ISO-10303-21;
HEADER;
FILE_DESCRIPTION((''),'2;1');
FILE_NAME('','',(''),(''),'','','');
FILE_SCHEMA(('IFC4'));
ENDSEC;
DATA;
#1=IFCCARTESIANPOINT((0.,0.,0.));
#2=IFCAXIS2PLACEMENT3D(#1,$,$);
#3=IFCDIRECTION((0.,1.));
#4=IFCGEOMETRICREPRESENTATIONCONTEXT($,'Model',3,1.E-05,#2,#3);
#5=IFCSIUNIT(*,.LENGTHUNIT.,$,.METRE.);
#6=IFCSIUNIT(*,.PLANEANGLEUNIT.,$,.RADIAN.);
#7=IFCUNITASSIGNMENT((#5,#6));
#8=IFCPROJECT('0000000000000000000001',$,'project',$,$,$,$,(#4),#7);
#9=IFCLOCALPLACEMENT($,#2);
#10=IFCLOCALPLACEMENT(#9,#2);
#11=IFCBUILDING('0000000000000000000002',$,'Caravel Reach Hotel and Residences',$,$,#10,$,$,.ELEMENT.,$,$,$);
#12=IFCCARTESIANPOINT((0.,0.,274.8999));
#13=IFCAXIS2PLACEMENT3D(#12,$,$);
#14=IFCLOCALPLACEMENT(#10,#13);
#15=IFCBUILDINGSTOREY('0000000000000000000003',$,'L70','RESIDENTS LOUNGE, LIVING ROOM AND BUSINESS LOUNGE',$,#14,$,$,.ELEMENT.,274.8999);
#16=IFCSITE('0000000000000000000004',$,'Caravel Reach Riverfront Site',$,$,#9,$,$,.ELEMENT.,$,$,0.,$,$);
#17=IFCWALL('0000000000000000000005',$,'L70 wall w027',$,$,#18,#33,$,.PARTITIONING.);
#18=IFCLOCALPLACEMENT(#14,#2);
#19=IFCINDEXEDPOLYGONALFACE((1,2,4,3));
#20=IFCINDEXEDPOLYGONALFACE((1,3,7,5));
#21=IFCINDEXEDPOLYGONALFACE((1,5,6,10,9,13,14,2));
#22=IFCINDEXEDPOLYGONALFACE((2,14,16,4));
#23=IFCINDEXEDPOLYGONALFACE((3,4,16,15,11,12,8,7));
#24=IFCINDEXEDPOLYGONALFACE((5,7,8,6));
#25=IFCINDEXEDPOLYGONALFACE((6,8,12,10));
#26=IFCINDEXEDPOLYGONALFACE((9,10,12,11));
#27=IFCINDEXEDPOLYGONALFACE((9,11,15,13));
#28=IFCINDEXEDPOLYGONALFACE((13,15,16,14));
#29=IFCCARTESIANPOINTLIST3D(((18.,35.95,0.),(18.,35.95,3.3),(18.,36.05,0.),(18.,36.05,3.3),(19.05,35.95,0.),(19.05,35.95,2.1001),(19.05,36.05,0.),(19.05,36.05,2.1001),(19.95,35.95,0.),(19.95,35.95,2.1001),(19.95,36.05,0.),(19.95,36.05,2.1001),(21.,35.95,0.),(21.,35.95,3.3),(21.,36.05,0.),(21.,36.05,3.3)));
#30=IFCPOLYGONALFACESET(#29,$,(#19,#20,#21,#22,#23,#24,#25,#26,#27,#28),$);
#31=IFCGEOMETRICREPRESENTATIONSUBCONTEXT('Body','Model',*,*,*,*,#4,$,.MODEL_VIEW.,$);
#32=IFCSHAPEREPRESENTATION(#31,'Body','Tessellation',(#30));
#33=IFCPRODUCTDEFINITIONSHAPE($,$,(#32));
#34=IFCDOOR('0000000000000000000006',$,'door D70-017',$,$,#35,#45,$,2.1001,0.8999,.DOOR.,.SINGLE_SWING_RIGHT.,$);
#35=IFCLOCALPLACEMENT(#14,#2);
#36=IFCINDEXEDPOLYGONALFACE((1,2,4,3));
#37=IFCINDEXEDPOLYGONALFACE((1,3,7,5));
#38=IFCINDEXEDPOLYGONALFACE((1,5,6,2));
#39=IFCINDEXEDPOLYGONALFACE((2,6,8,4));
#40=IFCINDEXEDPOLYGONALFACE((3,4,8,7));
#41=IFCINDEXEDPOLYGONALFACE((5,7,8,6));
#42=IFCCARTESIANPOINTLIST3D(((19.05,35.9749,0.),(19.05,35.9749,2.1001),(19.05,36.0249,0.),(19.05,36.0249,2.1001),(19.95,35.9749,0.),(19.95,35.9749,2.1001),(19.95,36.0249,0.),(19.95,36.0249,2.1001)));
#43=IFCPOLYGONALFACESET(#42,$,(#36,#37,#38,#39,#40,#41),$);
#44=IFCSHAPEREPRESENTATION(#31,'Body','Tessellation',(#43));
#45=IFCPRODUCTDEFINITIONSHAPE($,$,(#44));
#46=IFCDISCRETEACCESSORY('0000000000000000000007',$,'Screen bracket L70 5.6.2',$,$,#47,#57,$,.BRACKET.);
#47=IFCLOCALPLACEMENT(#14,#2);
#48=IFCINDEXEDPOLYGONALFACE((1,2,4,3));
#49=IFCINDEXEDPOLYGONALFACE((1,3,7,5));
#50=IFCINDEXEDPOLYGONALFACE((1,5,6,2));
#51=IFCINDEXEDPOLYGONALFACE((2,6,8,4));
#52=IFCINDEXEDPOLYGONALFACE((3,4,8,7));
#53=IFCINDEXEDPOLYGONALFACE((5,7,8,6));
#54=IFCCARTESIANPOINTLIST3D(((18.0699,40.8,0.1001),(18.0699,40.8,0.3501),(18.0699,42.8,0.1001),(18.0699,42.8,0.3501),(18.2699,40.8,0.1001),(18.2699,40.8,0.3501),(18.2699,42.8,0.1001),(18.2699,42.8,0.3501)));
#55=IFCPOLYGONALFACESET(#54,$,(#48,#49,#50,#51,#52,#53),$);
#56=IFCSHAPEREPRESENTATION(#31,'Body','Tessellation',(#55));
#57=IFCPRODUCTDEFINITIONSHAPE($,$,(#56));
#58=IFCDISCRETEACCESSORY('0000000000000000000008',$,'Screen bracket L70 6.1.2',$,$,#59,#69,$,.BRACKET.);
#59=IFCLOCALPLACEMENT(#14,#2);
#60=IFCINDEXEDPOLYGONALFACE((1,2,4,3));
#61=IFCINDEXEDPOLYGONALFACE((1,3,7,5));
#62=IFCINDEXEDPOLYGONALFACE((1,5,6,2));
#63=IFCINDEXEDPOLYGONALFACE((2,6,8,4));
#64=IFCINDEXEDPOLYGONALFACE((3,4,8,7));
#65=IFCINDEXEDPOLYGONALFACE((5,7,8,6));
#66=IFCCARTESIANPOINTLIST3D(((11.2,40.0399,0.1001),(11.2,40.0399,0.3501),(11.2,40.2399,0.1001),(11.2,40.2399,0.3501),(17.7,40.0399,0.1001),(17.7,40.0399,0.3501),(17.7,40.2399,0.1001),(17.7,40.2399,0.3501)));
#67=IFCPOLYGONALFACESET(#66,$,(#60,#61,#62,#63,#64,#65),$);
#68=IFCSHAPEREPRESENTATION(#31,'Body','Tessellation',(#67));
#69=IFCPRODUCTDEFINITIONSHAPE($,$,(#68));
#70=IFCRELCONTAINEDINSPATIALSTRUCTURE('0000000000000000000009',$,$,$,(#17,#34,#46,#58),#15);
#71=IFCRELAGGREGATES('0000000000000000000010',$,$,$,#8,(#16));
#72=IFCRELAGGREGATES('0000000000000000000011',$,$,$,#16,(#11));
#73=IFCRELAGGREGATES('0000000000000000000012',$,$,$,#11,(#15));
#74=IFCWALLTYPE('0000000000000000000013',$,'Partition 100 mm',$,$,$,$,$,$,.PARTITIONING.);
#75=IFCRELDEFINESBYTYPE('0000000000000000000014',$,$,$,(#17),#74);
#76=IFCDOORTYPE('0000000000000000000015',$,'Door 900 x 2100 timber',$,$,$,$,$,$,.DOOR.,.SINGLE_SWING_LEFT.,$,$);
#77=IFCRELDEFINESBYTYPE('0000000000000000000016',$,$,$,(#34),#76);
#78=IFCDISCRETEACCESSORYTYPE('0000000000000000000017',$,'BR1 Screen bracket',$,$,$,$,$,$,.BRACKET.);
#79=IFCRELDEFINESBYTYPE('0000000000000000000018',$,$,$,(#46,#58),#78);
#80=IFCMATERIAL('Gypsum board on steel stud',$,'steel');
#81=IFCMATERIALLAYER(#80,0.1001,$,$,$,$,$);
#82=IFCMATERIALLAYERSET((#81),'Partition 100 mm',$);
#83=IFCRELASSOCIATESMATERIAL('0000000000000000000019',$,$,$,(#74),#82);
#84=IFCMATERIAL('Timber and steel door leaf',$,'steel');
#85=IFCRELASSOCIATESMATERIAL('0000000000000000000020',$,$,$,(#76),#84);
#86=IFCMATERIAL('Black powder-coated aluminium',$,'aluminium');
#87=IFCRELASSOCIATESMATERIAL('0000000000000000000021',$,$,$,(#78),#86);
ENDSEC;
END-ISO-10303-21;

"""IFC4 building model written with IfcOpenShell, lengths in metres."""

from ifc_helpers import new_model, si_unit, direction, frame, frame_2d, origin, origin_2d, place, context, subcontext, project, spatial, rectangle, extrude, material, layer, layer_set, type_object, element, fill, save


model = new_model("IFC4")

# Units and contexts
model_context = context("Model", 3, precision=1e-05, world=origin(), true_north=direction((0.0, 1.0)))
body_context = subcontext(model_context, "Body", "Model", "MODEL_VIEW")
ifc_project = project(units=[si_unit("LENGTHUNIT", "METRE"), si_unit("PLANEANGLEUNIT", "RADIAN")], contexts=[model_context])

# Site, building, storey
site_placement = place(None, origin())
site = spatial("IfcSite", under=ifc_project, at=site_placement, Name="Caravel Reach Riverfront Site", CompositionType="ELEMENT", RefElevation=0.0)
building_placement = place(site_placement, origin())
building = spatial("IfcBuilding", under=site, at=building_placement, Name="Caravel Reach Hotel and Residences", CompositionType="ELEMENT")
storey_placement = place(building_placement, frame((0.0, 0.0, 274.8999)))
storey = spatial("IfcBuildingStorey", under=building, at=storey_placement, Name="L70", Description="RESIDENTS LOUNGE, LIVING ROOM AND BUSINESS LOUNGE", CompositionType="ELEMENT", Elevation=274.8999)

# Wall, opening, door
ifc_material_1 = material(Name="Gypsum board on steel stud", Category="steel")
ifc_layer_1 = layer(ifc_material_1, 0.1001)
ifc_layer_set_1 = layer_set([ifc_layer_1], Name="Partition 100 mm")
wall_type_1 = type_object("IfcWallType", Name="Partition 100 mm", PredefinedType="PARTITIONING", material=ifc_layer_set_1)
wall_1_placement = place(storey_placement, frame((18.0, 36.0, 0.0), z_axis=(0.0, 0.0, 1.0), x_axis=(1.0, 0.0, 0.0)))
wall_1 = element("IfcWall", 1, at=wall_1_placement, inside=storey, type_object=wall_type_1, Name="L70 wall w027", PredefinedType="PARTITIONING", context=body_context, shape_type="SweptSolid", body=[
    extrude(rectangle(XDim=3.0, YDim=0.1001, at=frame_2d((1.5, 0.0))), origin(), (0.0, 0.0, 1.0), 3.3),
])
opening_1_placement = place(wall_1_placement, frame((1.05, 0.0, 0.0)))
opening_1 = element("IfcOpeningElement", 2, at=opening_1_placement, cuts=wall_1, PredefinedType="OPENING", context=body_context, shape_type="SweptSolid", body=[
    extrude(rectangle(XDim=0.8999, YDim=2.1001, at=frame_2d((0.45, 1.05))), frame((0.0, 0.0601, 0.0), z_axis=(0.0, -1.0, 0.0), x_axis=(1.0, 0.0, 0.0)), (0.0, 0.0, 1.0), 0.1201),
])
ifc_material_2 = material(Name="Timber and steel door leaf", Category="steel")
door_type = type_object("IfcDoorType", Name="Door 900 x 2100 timber", OperationType="SINGLE_SWING_LEFT", PredefinedType="DOOR", material=ifc_material_2)
door_placement = place(opening_1_placement, origin())
door = element("IfcDoor", 3, at=door_placement, inside=storey, type_object=door_type, Name="door D70-017", OperationType="SINGLE_SWING_RIGHT", OverallHeight=2.1001, OverallWidth=0.8999, PredefinedType="DOOR", context=body_context, shape_type="SweptSolid", body=[
    extrude(rectangle(XDim=0.8999, YDim=2.1001, at=frame_2d((0.45, 1.05))), frame((0.0, 0.0249, 0.0), z_axis=(0.0, -1.0, 0.0), x_axis=(1.0, 0.0, 0.0)), (0.0, 0.0, 1.0), 0.05),
])
fill(opening_1, door)

# Discrete accessories
ifc_material_3 = material(Name="Black powder-coated aluminium", Category="aluminium")
discrete_accessory_type = type_object("IfcDiscreteAccessoryType", Name="BR1 Screen bracket", PredefinedType="BRACKET", material=ifc_material_3)
discrete_accessory_1_placement = place(storey_placement, frame((18.1699, 41.8, 0.1001), z_axis=(0.0, 0.0, 1.0), x_axis=(0.0, 1.0, 0.0)))
element("IfcDiscreteAccessory", 4, at=discrete_accessory_1_placement, inside=storey, type_object=discrete_accessory_type, Name="Screen bracket L70 5.6.2", PredefinedType="BRACKET", context=body_context, shape_type="SweptSolid", body=[
    extrude(rectangle(XDim=2.0, YDim=0.2, at=origin_2d()), origin(), (0.0, 0.0, 1.0), 0.25),
])
discrete_accessory_2_placement = place(storey_placement, frame((14.45, 40.1399, 0.1001), z_axis=(0.0, 0.0, 1.0), x_axis=(-1.0, 0.0, 0.0)))
element("IfcDiscreteAccessory", 5, at=discrete_accessory_2_placement, inside=storey, type_object=discrete_accessory_type, Name="Screen bracket L70 6.1.2", PredefinedType="BRACKET", context=body_context, shape_type="SweptSolid", body=[
    extrude(rectangle(XDim=6.5, YDim=0.2, at=origin_2d()), origin(), (0.0, 0.0, 1.0), 0.25),
])

save(model, "model.ifc")
